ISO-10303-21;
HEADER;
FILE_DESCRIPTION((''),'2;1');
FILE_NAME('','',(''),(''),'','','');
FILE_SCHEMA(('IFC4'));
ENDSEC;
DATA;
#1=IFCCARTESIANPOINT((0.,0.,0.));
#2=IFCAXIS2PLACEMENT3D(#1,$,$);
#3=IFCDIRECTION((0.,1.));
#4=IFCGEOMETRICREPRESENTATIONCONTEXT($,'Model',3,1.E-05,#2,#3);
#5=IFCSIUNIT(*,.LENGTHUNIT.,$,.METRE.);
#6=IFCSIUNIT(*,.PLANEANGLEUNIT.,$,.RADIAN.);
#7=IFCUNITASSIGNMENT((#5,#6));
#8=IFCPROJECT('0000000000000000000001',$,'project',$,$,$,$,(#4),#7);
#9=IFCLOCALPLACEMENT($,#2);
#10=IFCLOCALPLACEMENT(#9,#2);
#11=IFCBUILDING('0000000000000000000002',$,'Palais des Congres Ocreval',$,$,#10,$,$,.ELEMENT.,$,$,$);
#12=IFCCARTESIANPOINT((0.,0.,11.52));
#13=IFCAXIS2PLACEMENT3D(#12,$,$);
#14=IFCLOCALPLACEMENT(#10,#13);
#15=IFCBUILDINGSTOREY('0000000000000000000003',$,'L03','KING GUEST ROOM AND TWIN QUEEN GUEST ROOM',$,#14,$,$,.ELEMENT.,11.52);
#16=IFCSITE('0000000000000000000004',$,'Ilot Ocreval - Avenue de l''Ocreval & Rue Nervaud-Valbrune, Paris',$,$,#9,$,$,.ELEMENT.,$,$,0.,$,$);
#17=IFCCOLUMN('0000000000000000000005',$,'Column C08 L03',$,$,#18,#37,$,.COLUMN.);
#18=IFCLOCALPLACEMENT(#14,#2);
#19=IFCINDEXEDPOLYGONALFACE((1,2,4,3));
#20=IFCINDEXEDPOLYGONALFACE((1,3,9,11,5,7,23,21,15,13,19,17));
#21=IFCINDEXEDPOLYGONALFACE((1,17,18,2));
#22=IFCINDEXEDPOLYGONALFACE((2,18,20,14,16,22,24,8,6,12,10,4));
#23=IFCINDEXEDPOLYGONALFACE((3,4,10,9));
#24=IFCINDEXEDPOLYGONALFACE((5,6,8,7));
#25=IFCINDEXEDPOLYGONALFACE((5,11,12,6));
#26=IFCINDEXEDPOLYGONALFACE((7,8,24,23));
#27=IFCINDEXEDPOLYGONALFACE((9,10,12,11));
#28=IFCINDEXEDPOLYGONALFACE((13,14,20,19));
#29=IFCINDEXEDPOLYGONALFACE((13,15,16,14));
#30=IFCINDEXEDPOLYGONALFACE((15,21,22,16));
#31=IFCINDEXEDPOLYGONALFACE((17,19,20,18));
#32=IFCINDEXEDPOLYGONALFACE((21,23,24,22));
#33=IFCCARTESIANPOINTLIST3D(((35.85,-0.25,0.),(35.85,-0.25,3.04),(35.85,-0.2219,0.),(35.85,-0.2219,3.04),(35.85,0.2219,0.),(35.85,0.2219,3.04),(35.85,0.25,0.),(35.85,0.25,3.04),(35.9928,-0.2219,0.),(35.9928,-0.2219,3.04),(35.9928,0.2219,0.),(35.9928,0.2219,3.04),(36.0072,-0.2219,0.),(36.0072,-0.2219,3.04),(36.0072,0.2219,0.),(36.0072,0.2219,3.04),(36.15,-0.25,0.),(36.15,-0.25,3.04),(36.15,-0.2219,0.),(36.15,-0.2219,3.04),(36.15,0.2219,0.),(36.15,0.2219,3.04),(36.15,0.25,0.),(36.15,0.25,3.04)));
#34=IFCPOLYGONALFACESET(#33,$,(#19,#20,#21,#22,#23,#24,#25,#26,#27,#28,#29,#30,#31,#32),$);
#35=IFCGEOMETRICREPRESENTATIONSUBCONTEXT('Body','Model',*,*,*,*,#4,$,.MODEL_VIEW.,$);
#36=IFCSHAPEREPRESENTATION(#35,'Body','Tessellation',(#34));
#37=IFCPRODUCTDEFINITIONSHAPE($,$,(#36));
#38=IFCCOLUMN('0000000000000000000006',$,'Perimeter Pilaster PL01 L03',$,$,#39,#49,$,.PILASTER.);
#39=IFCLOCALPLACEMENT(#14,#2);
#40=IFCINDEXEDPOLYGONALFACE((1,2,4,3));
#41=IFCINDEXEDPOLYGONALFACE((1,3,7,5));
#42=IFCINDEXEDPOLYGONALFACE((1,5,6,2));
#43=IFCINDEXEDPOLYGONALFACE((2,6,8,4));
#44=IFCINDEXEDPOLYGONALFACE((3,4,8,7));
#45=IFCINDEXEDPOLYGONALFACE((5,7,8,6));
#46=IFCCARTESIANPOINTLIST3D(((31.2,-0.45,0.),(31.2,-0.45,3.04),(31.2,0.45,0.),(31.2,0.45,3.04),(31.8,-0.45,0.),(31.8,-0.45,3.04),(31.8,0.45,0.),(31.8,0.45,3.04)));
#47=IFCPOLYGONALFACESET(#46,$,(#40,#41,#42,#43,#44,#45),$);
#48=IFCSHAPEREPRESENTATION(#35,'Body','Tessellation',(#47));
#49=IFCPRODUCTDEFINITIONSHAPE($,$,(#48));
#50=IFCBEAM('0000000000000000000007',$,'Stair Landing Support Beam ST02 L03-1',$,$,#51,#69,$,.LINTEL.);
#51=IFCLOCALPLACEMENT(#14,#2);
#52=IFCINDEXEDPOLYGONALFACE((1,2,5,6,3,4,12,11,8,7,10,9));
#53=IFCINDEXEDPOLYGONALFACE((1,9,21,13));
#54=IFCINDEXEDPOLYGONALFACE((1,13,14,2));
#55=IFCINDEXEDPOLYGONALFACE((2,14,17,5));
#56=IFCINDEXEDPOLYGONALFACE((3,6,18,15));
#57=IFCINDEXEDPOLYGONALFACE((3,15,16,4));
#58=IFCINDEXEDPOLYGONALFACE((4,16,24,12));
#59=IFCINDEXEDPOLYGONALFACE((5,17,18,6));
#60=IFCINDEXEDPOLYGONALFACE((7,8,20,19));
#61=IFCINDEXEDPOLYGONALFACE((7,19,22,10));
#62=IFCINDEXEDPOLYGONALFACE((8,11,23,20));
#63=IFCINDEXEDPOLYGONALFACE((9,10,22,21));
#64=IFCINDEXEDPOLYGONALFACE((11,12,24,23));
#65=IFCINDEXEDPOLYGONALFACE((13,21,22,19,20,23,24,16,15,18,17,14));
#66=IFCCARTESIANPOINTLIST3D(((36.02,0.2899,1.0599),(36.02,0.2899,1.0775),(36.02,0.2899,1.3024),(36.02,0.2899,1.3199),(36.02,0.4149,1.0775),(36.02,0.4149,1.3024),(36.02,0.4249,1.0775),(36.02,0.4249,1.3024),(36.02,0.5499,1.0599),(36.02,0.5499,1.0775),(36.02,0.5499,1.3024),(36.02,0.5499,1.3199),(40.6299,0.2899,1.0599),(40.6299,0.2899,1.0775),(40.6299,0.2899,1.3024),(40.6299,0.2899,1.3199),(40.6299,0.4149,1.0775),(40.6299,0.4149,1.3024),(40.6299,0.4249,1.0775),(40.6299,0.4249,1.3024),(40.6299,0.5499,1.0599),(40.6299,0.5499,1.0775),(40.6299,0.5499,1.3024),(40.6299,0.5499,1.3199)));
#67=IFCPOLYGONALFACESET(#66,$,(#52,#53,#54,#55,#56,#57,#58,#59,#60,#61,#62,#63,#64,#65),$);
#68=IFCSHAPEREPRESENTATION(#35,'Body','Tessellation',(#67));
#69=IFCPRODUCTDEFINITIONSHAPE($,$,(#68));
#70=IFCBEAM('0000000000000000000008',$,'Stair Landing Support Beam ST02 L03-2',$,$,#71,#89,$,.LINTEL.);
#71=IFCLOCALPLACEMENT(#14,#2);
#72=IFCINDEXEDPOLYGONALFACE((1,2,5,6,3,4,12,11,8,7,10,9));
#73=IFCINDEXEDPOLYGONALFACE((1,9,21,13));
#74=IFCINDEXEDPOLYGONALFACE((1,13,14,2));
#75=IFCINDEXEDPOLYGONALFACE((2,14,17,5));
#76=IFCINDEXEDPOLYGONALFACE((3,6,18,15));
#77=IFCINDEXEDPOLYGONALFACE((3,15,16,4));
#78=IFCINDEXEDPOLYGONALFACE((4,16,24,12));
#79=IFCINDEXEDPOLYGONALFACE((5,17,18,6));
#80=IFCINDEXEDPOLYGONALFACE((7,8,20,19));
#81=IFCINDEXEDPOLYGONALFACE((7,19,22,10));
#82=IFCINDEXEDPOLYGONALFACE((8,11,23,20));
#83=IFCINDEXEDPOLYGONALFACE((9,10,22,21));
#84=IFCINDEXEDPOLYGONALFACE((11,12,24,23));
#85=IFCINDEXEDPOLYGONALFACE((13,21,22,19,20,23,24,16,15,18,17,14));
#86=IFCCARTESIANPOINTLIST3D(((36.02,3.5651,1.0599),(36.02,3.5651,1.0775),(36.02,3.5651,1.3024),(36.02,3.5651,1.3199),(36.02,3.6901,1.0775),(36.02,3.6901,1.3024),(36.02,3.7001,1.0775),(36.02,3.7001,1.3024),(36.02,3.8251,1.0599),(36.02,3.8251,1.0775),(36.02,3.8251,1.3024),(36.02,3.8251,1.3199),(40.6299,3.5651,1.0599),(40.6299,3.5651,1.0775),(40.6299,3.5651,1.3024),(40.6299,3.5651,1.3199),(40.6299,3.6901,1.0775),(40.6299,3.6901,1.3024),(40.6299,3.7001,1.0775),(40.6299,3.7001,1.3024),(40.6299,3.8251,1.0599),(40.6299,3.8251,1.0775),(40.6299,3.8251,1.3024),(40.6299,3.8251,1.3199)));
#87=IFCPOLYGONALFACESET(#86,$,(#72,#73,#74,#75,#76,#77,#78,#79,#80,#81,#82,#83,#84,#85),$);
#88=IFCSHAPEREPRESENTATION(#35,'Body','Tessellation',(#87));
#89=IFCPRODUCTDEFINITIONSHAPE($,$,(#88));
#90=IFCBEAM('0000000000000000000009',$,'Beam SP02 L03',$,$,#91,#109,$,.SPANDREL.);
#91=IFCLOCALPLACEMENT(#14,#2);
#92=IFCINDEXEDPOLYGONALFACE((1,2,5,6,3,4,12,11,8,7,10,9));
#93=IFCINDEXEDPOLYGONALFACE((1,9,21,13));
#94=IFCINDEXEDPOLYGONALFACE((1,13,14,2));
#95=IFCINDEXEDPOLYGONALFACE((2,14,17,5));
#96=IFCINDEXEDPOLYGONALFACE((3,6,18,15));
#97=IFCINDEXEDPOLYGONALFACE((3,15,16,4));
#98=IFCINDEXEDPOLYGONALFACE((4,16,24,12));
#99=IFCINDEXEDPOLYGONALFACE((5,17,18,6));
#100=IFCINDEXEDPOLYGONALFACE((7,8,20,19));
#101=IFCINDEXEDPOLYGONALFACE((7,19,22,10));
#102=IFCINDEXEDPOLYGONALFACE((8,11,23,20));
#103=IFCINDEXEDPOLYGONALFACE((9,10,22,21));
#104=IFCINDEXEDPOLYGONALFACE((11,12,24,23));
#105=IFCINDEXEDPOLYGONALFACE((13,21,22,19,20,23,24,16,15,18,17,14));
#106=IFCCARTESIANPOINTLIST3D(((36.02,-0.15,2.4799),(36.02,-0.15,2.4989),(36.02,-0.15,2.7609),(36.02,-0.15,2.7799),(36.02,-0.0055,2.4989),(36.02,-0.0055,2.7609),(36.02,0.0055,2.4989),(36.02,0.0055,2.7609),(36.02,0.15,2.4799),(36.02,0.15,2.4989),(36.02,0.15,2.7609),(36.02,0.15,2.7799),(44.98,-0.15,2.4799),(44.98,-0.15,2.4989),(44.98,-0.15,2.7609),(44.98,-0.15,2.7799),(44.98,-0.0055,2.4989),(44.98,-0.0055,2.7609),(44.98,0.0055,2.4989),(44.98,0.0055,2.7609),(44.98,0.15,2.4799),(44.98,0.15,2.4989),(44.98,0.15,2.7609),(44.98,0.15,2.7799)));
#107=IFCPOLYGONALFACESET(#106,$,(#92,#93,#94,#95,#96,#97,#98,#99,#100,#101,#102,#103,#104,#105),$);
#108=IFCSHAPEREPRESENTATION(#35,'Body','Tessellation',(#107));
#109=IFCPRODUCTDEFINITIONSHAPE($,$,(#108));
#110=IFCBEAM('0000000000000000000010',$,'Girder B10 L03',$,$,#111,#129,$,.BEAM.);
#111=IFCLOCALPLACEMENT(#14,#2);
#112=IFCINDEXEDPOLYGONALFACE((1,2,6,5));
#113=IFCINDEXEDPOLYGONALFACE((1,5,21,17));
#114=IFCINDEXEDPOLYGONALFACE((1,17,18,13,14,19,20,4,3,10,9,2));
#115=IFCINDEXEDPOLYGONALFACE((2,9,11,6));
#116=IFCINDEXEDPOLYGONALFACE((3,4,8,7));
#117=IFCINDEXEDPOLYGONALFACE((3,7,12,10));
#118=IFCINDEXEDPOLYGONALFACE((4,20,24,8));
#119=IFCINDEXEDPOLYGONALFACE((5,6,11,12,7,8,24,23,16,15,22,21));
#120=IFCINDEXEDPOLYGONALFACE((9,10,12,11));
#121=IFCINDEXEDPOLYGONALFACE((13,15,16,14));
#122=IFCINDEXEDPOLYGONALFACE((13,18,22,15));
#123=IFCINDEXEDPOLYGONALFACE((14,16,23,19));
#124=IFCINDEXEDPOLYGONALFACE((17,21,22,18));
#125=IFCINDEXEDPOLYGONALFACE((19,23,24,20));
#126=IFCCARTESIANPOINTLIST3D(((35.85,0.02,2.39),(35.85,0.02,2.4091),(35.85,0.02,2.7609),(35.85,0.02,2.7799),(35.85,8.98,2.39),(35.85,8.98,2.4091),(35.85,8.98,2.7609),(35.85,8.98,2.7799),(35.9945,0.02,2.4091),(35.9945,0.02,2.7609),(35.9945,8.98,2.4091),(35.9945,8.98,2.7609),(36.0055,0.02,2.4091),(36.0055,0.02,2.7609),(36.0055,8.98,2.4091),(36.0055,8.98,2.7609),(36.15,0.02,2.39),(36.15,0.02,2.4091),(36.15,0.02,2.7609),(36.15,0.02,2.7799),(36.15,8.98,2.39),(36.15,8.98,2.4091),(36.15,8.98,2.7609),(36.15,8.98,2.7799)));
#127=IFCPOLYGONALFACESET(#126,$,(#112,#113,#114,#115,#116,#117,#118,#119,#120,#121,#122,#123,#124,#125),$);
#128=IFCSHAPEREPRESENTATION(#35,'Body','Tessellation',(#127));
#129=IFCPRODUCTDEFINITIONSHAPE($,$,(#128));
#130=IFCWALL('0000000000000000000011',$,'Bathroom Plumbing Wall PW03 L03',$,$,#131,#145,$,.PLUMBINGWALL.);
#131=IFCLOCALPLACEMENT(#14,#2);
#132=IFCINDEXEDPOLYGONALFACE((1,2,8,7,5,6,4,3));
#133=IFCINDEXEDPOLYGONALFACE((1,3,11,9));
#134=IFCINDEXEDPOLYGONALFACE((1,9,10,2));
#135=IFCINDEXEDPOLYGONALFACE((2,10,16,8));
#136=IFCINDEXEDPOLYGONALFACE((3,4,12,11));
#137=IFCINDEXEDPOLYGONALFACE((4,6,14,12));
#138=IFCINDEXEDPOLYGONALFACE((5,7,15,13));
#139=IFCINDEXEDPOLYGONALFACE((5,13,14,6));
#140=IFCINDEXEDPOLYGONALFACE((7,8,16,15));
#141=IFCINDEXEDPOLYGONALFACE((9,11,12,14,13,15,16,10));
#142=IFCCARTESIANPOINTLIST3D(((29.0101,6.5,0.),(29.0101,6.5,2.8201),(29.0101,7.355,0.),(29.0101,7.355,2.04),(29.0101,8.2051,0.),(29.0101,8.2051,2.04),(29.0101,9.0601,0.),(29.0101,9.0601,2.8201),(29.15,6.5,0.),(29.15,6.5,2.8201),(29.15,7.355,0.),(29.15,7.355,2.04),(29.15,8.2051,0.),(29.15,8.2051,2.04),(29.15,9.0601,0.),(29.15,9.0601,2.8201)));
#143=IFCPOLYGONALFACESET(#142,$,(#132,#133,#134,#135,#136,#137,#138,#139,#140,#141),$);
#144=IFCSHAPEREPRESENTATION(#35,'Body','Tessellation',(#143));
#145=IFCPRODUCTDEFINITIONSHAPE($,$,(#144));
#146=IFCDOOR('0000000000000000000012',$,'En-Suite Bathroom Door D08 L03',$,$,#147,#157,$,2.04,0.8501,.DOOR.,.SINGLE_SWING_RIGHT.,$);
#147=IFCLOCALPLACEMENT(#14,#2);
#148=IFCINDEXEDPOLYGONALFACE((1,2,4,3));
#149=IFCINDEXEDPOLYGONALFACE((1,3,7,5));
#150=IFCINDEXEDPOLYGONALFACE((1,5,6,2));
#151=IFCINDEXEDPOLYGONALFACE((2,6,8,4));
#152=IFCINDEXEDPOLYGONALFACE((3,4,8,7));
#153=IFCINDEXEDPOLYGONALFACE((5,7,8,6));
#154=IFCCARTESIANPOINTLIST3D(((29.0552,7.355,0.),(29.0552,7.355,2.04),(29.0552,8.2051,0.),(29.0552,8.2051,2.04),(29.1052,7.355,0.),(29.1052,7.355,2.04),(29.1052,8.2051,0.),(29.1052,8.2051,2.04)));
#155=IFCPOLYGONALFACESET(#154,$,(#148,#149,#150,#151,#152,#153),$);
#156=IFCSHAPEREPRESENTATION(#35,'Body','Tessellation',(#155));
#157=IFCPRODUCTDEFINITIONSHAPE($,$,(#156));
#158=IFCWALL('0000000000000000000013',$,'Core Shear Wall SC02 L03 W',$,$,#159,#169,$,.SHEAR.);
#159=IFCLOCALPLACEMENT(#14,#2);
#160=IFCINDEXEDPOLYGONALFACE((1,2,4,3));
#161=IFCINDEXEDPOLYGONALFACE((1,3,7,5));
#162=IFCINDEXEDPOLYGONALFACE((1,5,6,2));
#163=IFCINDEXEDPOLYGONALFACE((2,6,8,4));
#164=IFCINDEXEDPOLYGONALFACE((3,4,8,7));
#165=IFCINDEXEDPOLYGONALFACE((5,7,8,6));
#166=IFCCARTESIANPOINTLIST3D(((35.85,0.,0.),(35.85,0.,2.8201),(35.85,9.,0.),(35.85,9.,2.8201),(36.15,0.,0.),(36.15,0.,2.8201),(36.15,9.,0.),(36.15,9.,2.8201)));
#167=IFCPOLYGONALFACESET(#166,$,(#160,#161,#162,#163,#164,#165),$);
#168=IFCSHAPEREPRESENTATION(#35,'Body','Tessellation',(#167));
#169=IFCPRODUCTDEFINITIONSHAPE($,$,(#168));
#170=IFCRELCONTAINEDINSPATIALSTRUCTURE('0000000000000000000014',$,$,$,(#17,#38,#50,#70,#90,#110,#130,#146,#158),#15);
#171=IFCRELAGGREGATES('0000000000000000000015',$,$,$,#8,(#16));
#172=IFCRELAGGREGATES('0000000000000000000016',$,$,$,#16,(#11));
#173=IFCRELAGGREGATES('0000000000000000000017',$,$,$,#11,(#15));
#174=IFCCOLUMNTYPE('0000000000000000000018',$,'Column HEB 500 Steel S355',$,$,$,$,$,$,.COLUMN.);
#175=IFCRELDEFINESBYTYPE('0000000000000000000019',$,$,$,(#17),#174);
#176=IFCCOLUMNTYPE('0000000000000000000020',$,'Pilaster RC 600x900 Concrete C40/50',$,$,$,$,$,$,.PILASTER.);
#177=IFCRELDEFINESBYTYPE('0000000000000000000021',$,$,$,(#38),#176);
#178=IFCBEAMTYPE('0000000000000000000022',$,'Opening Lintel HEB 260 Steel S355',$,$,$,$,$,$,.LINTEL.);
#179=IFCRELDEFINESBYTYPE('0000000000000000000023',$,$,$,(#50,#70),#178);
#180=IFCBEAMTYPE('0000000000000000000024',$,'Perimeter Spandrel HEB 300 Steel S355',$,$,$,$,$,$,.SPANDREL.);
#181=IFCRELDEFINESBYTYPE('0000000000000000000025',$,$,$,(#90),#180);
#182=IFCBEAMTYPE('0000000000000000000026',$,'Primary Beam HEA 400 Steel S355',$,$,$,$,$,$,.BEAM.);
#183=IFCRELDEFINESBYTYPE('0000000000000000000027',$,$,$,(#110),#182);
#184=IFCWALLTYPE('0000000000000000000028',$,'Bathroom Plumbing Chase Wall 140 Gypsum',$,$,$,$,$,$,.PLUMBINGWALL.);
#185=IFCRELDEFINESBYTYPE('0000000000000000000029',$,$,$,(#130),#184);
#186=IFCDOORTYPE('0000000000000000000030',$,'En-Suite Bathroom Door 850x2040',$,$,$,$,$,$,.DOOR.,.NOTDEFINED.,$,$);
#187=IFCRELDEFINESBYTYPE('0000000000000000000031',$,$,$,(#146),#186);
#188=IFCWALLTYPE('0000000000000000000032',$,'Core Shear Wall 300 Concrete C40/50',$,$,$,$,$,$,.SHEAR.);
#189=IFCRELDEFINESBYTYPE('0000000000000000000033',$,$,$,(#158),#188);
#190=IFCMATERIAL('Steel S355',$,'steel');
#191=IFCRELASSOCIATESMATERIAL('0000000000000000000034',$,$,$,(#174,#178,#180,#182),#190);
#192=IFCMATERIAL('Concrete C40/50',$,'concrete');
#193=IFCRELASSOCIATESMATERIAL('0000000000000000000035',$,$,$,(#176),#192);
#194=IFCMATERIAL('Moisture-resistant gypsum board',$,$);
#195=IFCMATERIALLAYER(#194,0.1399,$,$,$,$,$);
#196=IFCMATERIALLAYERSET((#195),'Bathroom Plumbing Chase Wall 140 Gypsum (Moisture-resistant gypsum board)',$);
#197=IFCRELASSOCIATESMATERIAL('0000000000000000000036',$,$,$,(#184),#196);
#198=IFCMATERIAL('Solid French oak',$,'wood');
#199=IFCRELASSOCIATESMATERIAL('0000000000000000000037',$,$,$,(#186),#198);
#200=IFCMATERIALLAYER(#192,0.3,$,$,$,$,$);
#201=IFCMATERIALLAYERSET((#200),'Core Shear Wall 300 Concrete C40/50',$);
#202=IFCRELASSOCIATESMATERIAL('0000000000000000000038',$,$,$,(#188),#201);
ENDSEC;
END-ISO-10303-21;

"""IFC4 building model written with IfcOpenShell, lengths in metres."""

from ifc_helpers import new_model, si_unit, direction, frame, frame_2d, origin, origin_2d, place, context, subcontext, project, spatial, rectangle, i_section, extrude, material, layer, layer_set, material_profile, profile_set, type_object, element, fill, save


model = new_model("IFC4")

# Units and contexts
model_context = context("Model", 3, precision=1e-05, world=origin(), true_north=direction((0.0, 1.0)))
body_context = subcontext(model_context, "Body", "Model", "MODEL_VIEW")
ifc_project = project(units=[si_unit("LENGTHUNIT", "METRE"), si_unit("PLANEANGLEUNIT", "RADIAN")], contexts=[model_context])

# Site, building, storey
site_placement = place(None, origin())
site = spatial("IfcSite", under=ifc_project, at=site_placement, Name="Ilot Ocreval - Avenue de l'Ocreval & Rue Nervaud-Valbrune, Paris", CompositionType="ELEMENT", RefElevation=0.0)
building_placement = place(site_placement, origin())
building = spatial("IfcBuilding", under=site, at=building_placement, Name="Palais des Congres Ocreval", CompositionType="ELEMENT")
storey_placement = place(building_placement, frame((0.0, 0.0, 11.52)))
storey = spatial("IfcBuildingStorey", under=building, at=storey_placement, Name="L03", Description="KING GUEST ROOM AND TWIN QUEEN GUEST ROOM", CompositionType="ELEMENT", Elevation=11.52)

# Columns
ifc_material_1 = material(Name="Steel S355", Category="steel")
ifc_material_profile_1 = material_profile(ifc_material_1, i_section(OverallWidth=0.3, OverallDepth=0.5, WebThickness=0.0144, FlangeThickness=0.0281, at=origin_2d()), Name="HEB 500")
ifc_profile_set_1 = profile_set([ifc_material_profile_1], Name="Steel S355")
column_type_1 = type_object("IfcColumnType", Name="Column HEB 500 Steel S355", PredefinedType="COLUMN", material=ifc_profile_set_1)
column_1_placement = place(storey_placement, frame((36.0, 0.0, 0.0), z_axis=(0.0, 0.0, 1.0), x_axis=(1.0, 0.0, 0.0)))
element("IfcColumn", 1, at=column_1_placement, inside=storey, type_object=column_type_1, Name="Column C08 L03", PredefinedType="COLUMN", context=body_context, shape_type="SweptSolid", body=[
    extrude(i_section(OverallWidth=0.3, OverallDepth=0.5, WebThickness=0.0144, FlangeThickness=0.0281, at=origin_2d()), origin(), (0.0, 0.0, 1.0), 3.04),
])
ifc_material_2 = material(Name="Concrete C40/50", Category="concrete")
ifc_material_profile_2 = material_profile(ifc_material_2, rectangle(XDim=0.6001, YDim=0.8999, at=origin_2d()), Name="RC 600x900")
ifc_profile_set_2 = profile_set([ifc_material_profile_2], Name="Concrete C40/50")
column_type_2 = type_object("IfcColumnType", Name="Pilaster RC 600x900 Concrete C40/50", PredefinedType="PILASTER", material=ifc_profile_set_2)
column_2_placement = place(storey_placement, frame((31.5, 0.0, 0.0), z_axis=(0.0, 0.0, 1.0), x_axis=(1.0, 0.0, 0.0)))
element("IfcColumn", 2, at=column_2_placement, inside=storey, type_object=column_type_2, Name="Perimeter Pilaster PL01 L03", PredefinedType="PILASTER", context=body_context, shape_type="SweptSolid", body=[
    extrude(rectangle(XDim=0.6001, YDim=0.8999, at=origin_2d()), origin(), (0.0, 0.0, 1.0), 3.04),
])

# Beams
ifc_material_profile_3 = material_profile(ifc_material_1, i_section(OverallWidth=0.26, OverallDepth=0.26, WebThickness=0.01, FlangeThickness=0.0176, at=origin_2d()), Name="HEB 260")
ifc_profile_set_3 = profile_set([ifc_material_profile_3], Name="Steel S355")
beam_type_1 = type_object("IfcBeamType", Name="Opening Lintel HEB 260 Steel S355", PredefinedType="LINTEL", material=ifc_profile_set_3)
for number, where, z_axis, x_axis, name in (
    (3, (36.02, 0.4199, 1.1899), (1.0, 0.0, 0.0), (0.0, 1.0, 0.0), "Stair Landing Support Beam ST02 L03-1"),
    (4, (36.02, 3.6951, 1.1899), (1.0, 0.0, 0.0), (0.0, 1.0, 0.0), "Stair Landing Support Beam ST02 L03-2"),
):
    element("IfcBeam", number, at=place(storey_placement, frame(where, z_axis=z_axis, x_axis=x_axis)), inside=storey, type_object=beam_type_1, Name=name, PredefinedType="LINTEL", context=body_context, shape_type="SweptSolid", body=[
        extrude(i_section(OverallWidth=0.26, OverallDepth=0.26, WebThickness=0.01, FlangeThickness=0.0176, at=origin_2d()), origin(), (0.0, 0.0, 1.0), 4.6099),
    ])
ifc_material_profile_4 = material_profile(ifc_material_1, i_section(OverallWidth=0.3, OverallDepth=0.3, WebThickness=0.011, FlangeThickness=0.019, at=origin_2d()), Name="HEB 300")
ifc_profile_set_4 = profile_set([ifc_material_profile_4], Name="Steel S355")
beam_type_2 = type_object("IfcBeamType", Name="Perimeter Spandrel HEB 300 Steel S355", PredefinedType="SPANDREL", material=ifc_profile_set_4)
beam_1_placement = place(storey_placement, frame((36.02, 0.0, 2.6299), z_axis=(1.0, 0.0, 0.0), x_axis=(0.0, 1.0, 0.0)))
element("IfcBeam", 5, at=beam_1_placement, inside=storey, type_object=beam_type_2, Name="Beam SP02 L03", PredefinedType="SPANDREL", context=body_context, shape_type="SweptSolid", body=[
    extrude(i_section(OverallWidth=0.3, OverallDepth=0.3, WebThickness=0.011, FlangeThickness=0.019, at=origin_2d()), origin(), (0.0, 0.0, 1.0), 8.96),
])
ifc_material_profile_5 = material_profile(ifc_material_1, i_section(OverallWidth=0.3, OverallDepth=0.3899, WebThickness=0.011, FlangeThickness=0.019, at=origin_2d()), Name="HEA 400")
ifc_profile_set_5 = profile_set([ifc_material_profile_5], Name="Steel S355")
beam_type_3 = type_object("IfcBeamType", Name="Primary Beam HEA 400 Steel S355", PredefinedType="BEAM", material=ifc_profile_set_5)
beam_2_placement = place(storey_placement, frame((36.0, 0.02, 2.585), z_axis=(0.0, 1.0, 0.0), x_axis=(-1.0, 0.0, 0.0)))
element("IfcBeam", 6, at=beam_2_placement, inside=storey, type_object=beam_type_3, Name="Girder B10 L03", PredefinedType="BEAM", context=body_context, shape_type="SweptSolid", body=[
    extrude(i_section(OverallWidth=0.3, OverallDepth=0.3899, WebThickness=0.011, FlangeThickness=0.019, at=origin_2d()), origin(), (0.0, 0.0, 1.0), 8.96),
])

# Wall, opening, door
ifc_material_3 = material(Name="Moisture-resistant gypsum board")
ifc_layer_1 = layer(ifc_material_3, 0.1399)
ifc_layer_set_1 = layer_set([ifc_layer_1], Name="Bathroom Plumbing Chase Wall 140 Gypsum (Moisture-resistant gypsum board)")
wall_type_1 = type_object("IfcWallType", Name="Bathroom Plumbing Chase Wall 140 Gypsum", PredefinedType="PLUMBINGWALL", material=ifc_layer_set_1)
wall_1_placement = place(storey_placement, frame((29.0801, 6.5, 0.0), z_axis=(0.0, 0.0, 1.0), x_axis=(0.0, 1.0, 0.0)))
wall_1 = element("IfcWall", 7, at=wall_1_placement, inside=storey, type_object=wall_type_1, Name="Bathroom Plumbing Wall PW03 L03", PredefinedType="PLUMBINGWALL", context=body_context, shape_type="SweptSolid", body=[
    extrude(rectangle(XDim=2.5601, YDim=0.1399, at=frame_2d((1.28, 0.0))), origin(), (0.0, 0.0, 1.0), 2.8201),
])
opening_1_placement = place(wall_1_placement, frame((0.855, 0.0, 0.0)))
opening_1 = element("IfcOpeningElement", 8, at=opening_1_placement, cuts=wall_1, PredefinedType="OPENING", context=body_context, shape_type="SweptSolid", body=[
    extrude(rectangle(XDim=0.8501, YDim=2.04, at=frame_2d((0.425, 1.02))), frame((0.0, 0.0798, 0.0), z_axis=(0.0, -1.0, 0.0), x_axis=(1.0, 0.0, 0.0)), (0.0, 0.0, 1.0), 0.1599),
])
ifc_material_4 = material(Name="Solid French oak", Category="wood")
door_type = type_object("IfcDoorType", Name="En-Suite Bathroom Door 850x2040", OperationType="NOTDEFINED", PredefinedType="DOOR", material=ifc_material_4)
door_placement = place(opening_1_placement, origin())
door = element("IfcDoor", 9, at=door_placement, inside=storey, type_object=door_type, Name="En-Suite Bathroom Door D08 L03", OperationType="SINGLE_SWING_RIGHT", OverallHeight=2.04, OverallWidth=0.8501, PredefinedType="DOOR", context=body_context, shape_type="SweptSolid", body=[
    extrude(rectangle(XDim=0.8501, YDim=2.04, at=frame_2d((0.425, 1.02))), frame((0.0, 0.0249, 0.0), z_axis=(0.0, -1.0, 0.0), x_axis=(1.0, 0.0, 0.0)), (0.0, 0.0, 1.0), 0.05),
])
fill(opening_1, door)

# Wall
ifc_layer_2 = layer(ifc_material_2, 0.3)
ifc_layer_set_2 = layer_set([ifc_layer_2], Name="Core Shear Wall 300 Concrete C40/50")
wall_type_2 = type_object("IfcWallType", Name="Core Shear Wall 300 Concrete C40/50", PredefinedType="SHEAR", material=ifc_layer_set_2)
wall_2_placement = place(storey_placement, frame((36.0, 0.0, 0.0), z_axis=(0.0, 0.0, 1.0), x_axis=(0.0, 1.0, 0.0)))
element("IfcWall", 10, at=wall_2_placement, inside=storey, type_object=wall_type_2, Name="Core Shear Wall SC02 L03 W", PredefinedType="SHEAR", context=body_context, shape_type="SweptSolid", body=[
    extrude(rectangle(XDim=9.0, YDim=0.3, at=frame_2d((4.5, 0.0))), origin(), (0.0, 0.0, 1.0), 2.8201),
])

save(model, "model.ifc")
